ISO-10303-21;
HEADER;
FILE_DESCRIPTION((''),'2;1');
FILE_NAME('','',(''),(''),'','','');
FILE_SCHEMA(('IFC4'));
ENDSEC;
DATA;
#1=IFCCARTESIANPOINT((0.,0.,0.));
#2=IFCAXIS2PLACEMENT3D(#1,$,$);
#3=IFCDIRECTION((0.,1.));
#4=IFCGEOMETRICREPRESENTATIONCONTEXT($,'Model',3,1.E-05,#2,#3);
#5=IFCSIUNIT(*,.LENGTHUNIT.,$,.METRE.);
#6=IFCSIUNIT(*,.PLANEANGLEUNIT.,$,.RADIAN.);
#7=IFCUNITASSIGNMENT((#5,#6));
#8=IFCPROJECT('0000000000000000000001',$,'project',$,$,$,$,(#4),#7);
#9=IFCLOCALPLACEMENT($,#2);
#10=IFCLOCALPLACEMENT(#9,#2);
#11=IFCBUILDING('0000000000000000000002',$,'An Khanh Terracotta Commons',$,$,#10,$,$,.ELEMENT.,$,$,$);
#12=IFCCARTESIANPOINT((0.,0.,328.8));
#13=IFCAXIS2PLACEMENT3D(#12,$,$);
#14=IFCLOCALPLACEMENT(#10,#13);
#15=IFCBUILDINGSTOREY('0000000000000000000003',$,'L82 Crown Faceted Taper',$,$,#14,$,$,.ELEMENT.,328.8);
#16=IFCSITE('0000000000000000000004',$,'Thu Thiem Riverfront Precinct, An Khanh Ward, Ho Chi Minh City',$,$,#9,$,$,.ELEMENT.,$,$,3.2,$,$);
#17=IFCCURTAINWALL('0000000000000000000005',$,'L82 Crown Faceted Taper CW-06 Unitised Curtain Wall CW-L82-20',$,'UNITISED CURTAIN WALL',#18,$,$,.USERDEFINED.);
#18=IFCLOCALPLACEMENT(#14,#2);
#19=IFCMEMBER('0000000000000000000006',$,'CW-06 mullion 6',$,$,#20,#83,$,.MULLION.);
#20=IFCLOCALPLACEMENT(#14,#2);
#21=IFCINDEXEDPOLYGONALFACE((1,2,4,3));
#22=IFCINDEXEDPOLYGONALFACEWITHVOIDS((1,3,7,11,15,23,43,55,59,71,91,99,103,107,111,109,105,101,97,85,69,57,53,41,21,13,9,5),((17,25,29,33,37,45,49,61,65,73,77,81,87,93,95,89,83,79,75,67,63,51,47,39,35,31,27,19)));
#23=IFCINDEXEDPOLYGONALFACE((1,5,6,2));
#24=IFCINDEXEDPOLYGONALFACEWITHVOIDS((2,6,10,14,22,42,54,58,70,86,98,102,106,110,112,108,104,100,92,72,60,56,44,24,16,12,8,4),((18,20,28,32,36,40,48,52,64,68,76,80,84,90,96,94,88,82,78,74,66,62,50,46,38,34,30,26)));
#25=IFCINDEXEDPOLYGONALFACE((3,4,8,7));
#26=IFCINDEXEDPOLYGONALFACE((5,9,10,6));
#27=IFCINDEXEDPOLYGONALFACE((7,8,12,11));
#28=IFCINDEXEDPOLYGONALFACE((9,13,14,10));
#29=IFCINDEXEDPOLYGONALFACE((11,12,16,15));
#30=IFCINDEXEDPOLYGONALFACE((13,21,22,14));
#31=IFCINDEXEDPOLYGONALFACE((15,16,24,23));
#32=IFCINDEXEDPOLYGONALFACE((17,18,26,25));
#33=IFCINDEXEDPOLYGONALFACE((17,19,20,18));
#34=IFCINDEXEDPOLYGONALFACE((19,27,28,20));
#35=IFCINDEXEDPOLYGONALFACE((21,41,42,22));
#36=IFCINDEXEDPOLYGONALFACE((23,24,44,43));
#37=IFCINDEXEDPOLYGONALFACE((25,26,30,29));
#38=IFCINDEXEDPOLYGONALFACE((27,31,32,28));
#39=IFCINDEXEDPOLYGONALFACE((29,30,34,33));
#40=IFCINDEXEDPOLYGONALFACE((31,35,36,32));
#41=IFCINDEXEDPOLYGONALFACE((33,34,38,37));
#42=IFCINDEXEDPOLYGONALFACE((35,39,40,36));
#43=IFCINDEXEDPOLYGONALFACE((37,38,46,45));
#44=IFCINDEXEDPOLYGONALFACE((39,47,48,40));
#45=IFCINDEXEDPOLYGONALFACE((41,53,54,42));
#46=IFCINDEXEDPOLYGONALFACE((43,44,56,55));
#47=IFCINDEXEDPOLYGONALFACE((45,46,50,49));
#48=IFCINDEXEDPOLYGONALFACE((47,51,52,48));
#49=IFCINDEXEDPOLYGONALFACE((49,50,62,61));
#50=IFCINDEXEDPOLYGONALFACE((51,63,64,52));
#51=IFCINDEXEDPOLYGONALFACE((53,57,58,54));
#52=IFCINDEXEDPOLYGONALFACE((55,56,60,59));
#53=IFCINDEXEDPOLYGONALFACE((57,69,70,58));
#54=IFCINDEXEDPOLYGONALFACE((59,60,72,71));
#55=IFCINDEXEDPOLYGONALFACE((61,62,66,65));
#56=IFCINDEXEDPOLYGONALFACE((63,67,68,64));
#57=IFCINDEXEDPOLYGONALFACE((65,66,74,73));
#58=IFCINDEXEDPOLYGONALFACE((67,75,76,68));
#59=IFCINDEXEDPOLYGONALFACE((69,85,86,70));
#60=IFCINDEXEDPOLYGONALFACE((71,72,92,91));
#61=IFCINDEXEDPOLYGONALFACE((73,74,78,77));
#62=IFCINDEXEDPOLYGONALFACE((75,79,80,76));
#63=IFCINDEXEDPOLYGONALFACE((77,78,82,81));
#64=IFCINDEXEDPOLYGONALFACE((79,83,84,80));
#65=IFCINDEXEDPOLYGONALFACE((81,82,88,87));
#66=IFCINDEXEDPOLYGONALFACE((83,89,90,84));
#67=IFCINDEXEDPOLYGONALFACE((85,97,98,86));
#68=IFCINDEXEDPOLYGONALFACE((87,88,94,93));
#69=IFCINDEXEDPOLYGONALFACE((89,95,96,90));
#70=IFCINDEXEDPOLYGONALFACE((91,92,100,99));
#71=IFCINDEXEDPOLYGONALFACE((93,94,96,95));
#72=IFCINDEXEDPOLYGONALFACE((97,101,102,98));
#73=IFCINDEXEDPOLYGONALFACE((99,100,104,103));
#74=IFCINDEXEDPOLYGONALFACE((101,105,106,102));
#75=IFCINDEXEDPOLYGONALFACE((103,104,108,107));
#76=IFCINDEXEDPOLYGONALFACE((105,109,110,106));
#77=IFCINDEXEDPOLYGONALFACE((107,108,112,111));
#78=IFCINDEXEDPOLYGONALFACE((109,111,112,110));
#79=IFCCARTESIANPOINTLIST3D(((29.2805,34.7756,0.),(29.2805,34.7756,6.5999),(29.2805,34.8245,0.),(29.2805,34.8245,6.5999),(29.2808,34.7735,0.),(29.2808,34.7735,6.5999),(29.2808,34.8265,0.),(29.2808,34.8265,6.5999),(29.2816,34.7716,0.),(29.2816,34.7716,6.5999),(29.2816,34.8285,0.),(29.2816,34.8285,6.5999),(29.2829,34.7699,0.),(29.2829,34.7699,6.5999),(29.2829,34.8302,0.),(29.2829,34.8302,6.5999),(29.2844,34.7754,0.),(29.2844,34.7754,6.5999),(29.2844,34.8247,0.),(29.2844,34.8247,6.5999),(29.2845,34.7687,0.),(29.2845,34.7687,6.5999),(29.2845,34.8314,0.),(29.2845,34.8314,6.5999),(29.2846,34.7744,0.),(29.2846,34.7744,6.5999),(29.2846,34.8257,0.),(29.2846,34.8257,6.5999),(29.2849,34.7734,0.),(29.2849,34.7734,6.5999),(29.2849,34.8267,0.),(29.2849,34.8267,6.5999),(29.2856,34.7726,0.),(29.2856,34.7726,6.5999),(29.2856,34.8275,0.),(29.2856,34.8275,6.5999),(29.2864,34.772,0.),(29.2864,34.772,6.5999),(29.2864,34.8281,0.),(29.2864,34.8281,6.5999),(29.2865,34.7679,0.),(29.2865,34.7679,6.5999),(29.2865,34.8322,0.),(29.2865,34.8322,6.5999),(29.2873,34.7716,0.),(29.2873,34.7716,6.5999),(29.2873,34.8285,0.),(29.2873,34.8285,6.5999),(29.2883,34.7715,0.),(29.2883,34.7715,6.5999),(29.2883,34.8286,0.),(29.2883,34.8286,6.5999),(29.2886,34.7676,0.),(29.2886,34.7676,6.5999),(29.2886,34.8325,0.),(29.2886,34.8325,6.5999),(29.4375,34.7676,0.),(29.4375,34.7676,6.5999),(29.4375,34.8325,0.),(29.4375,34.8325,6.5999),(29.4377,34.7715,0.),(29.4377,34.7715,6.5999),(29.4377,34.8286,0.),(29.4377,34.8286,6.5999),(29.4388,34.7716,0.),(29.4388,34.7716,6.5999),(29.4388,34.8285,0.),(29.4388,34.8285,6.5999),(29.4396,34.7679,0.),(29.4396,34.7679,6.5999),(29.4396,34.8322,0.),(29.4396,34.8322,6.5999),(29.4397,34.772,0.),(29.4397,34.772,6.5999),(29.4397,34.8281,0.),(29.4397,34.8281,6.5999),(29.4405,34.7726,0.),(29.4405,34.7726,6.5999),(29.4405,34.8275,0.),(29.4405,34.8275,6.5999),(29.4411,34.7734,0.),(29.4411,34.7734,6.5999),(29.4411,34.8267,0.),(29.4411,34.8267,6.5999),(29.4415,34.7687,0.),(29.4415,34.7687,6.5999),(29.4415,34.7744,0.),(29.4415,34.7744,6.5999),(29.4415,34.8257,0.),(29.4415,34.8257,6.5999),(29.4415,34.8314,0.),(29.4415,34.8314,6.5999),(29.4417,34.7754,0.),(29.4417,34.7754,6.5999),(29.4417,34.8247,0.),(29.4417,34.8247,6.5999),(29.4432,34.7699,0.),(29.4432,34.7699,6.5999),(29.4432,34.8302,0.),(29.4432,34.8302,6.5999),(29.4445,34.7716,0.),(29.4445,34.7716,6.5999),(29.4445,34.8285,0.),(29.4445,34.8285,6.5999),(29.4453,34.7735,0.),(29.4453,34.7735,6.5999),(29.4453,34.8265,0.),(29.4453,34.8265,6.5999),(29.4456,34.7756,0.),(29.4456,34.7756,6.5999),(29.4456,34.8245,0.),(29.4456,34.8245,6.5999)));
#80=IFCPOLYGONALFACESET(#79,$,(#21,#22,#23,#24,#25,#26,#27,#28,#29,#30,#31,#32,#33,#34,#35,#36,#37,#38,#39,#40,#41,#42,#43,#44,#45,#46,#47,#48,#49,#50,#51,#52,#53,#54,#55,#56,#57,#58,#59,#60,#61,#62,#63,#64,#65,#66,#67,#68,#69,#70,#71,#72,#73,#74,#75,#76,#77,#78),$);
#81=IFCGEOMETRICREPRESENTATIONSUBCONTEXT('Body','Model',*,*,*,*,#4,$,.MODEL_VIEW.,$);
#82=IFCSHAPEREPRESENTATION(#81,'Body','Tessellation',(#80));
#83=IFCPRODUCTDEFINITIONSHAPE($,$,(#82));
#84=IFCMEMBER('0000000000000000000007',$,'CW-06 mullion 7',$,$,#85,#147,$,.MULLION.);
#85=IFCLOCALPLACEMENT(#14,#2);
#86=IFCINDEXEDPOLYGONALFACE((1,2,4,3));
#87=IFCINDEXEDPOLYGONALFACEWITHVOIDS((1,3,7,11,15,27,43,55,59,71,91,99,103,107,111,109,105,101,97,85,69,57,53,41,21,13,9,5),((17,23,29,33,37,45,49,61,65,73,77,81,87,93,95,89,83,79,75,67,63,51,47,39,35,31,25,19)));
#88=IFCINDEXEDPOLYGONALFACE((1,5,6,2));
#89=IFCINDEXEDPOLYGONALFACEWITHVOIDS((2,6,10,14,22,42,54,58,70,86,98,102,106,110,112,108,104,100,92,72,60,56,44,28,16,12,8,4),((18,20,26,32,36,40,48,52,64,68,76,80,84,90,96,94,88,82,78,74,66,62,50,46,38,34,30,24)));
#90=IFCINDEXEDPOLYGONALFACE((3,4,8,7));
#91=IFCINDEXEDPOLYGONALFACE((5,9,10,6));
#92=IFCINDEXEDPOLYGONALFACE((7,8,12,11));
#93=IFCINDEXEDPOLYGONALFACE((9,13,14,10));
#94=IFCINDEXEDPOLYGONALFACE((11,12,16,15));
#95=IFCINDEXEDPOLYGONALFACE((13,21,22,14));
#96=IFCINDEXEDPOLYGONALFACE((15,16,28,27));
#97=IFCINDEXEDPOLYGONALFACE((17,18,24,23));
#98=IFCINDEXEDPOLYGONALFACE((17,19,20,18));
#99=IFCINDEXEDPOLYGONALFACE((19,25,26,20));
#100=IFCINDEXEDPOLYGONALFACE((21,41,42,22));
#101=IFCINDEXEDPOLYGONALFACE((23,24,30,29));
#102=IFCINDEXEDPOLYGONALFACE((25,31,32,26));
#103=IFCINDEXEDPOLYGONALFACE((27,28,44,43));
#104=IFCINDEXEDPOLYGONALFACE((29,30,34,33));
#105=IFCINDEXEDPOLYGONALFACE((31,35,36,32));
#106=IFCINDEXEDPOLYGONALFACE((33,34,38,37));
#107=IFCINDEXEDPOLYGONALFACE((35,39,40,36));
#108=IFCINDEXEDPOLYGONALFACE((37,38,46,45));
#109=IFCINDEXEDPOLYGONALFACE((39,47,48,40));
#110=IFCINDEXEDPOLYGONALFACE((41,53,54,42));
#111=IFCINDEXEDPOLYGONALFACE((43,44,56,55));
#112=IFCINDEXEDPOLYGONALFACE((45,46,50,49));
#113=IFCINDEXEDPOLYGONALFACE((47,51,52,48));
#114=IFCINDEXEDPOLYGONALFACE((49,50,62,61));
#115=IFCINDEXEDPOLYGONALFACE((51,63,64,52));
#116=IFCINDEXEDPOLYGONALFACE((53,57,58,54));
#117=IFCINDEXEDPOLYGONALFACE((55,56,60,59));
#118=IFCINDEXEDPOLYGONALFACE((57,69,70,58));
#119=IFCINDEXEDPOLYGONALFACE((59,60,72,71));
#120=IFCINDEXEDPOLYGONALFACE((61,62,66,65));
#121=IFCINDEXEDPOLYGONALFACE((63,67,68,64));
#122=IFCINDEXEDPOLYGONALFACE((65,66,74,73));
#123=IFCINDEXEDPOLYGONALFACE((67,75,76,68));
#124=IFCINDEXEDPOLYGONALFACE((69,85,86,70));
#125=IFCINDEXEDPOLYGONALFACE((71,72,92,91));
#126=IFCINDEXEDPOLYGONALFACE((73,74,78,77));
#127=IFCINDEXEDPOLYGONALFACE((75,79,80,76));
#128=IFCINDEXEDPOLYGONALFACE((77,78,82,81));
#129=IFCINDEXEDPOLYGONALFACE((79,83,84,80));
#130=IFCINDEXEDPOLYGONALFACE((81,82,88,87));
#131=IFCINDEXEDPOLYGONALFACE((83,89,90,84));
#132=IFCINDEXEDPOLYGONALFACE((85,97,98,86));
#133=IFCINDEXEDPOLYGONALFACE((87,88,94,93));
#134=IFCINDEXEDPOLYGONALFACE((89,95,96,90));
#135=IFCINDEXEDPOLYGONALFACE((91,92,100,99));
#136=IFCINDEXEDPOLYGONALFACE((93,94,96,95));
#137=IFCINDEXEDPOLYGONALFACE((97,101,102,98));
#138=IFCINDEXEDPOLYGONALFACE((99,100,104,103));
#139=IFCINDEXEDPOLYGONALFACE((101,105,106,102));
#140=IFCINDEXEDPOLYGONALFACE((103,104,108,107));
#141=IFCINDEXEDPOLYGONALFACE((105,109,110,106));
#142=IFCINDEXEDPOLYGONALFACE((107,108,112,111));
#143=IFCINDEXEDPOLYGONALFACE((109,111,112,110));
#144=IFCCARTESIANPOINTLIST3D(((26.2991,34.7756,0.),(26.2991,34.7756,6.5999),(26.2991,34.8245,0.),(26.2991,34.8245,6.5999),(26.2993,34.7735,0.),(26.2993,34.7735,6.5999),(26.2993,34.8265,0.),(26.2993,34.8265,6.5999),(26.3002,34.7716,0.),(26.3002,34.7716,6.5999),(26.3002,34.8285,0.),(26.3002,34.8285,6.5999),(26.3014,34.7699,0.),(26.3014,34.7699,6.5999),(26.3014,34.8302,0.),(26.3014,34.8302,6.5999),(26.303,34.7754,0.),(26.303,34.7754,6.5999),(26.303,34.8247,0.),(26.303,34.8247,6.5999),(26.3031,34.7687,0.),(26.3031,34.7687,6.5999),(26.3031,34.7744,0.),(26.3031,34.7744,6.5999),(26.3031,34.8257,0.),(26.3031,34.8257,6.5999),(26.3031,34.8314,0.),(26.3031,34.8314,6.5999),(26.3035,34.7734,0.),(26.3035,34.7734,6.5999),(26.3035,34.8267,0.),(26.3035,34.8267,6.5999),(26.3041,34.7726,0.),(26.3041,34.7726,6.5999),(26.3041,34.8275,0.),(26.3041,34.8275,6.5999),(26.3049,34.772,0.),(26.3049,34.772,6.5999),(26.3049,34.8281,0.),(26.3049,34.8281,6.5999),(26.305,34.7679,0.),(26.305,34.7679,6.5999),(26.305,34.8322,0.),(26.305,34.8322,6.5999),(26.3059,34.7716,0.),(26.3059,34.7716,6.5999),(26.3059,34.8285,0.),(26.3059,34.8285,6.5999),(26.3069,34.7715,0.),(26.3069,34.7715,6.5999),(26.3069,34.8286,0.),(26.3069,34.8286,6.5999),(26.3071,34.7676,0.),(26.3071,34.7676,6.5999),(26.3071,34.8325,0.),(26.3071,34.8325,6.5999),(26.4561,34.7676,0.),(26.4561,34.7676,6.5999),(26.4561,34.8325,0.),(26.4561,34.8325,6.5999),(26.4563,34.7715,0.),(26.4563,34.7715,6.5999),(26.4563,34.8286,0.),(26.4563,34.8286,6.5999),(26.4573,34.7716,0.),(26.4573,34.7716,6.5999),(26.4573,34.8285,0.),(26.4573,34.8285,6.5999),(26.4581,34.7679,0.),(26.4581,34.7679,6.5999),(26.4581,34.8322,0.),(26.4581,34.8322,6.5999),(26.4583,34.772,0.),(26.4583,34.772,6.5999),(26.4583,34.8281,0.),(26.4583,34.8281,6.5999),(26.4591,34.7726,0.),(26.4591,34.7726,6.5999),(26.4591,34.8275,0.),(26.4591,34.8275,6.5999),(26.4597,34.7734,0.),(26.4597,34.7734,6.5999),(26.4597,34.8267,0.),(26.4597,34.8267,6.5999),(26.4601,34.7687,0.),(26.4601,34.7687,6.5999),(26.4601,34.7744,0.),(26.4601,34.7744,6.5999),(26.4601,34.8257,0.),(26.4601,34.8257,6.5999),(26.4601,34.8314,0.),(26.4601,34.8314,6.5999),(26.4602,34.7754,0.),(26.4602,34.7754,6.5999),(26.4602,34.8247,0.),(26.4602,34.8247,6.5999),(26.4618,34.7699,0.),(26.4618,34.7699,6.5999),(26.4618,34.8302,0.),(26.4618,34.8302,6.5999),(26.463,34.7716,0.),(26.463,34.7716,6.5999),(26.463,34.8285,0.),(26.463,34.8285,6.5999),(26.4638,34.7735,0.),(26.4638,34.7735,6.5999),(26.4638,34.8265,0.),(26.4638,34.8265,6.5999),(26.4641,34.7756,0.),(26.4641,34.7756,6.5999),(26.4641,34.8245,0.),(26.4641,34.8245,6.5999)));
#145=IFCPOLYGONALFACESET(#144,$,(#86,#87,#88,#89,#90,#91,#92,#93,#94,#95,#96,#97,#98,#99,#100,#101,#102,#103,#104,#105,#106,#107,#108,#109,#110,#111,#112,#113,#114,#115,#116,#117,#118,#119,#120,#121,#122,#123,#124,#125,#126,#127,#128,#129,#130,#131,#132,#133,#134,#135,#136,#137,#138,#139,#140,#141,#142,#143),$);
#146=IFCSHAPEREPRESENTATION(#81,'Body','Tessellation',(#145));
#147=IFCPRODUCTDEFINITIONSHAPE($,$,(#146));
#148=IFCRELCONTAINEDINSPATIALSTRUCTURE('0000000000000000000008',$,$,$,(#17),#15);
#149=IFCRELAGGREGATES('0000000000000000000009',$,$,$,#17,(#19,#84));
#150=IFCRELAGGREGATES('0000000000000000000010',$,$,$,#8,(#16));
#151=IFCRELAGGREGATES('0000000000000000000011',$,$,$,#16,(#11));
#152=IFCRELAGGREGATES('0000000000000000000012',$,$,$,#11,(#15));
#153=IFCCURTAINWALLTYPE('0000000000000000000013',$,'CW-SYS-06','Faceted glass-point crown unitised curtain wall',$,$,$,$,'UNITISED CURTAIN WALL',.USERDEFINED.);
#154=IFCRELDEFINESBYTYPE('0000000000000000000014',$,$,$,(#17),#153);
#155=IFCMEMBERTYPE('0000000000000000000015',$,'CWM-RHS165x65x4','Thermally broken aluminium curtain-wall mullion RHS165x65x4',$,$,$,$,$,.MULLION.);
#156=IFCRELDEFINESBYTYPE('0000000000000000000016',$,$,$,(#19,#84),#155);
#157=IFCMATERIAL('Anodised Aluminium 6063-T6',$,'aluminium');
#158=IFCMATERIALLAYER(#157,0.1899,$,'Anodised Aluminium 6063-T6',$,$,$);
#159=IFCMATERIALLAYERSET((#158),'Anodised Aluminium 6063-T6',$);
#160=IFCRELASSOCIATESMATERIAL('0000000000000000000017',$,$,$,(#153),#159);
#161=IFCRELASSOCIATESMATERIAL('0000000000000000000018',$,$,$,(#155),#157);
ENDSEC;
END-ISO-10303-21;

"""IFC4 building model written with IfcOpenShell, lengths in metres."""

from ifc_helpers import new_model, si_unit, direction, frame, origin, origin_2d, place, context, subcontext, project, spatial, hollow_rectangle, extrude, material, layer, layer_set, material_profile, profile_set, type_object, element, aggregate, save


model = new_model("IFC4")

# Units and contexts
model_context = context("Model", 3, precision=1e-05, world=origin(), true_north=direction((0.0, 1.0)))
body_context = subcontext(model_context, "Body", "Model", "MODEL_VIEW")
ifc_project = project(units=[si_unit("LENGTHUNIT", "METRE"), si_unit("PLANEANGLEUNIT", "RADIAN")], contexts=[model_context])

# Site, building, storey
site_placement = place(None, origin())
site = spatial("IfcSite", under=ifc_project, at=site_placement, Name="Thu Thiem Riverfront Precinct, An Khanh Ward, Ho Chi Minh City", CompositionType="ELEMENT", RefElevation=3.2)
building_placement = place(site_placement, origin())
building = spatial("IfcBuilding", under=site, at=building_placement, Name="An Khanh Terracotta Commons", CompositionType="ELEMENT")
storey_placement = place(building_placement, frame((0.0, 0.0, 328.8)))
storey = spatial("IfcBuildingStorey", under=building, at=storey_placement, Name="L82 Crown Faceted Taper", CompositionType="ELEMENT", Elevation=328.8)

# Curtain wall, members
ifc_material_1 = material(Name="Anodised Aluminium 6063-T6", Category="aluminium")
ifc_layer_1 = layer(ifc_material_1, 0.1899, Name="Anodised Aluminium 6063-T6")
ifc_layer_set_1 = layer_set([ifc_layer_1], Name="Anodised Aluminium 6063-T6")
curtain_wall_type = type_object("IfcCurtainWallType", Name="CW-SYS-06", Description="Faceted glass-point crown unitised curtain wall", ElementType="UNITISED CURTAIN WALL", PredefinedType="USERDEFINED", material=ifc_layer_set_1)
curtain_wall_placement = place(storey_placement, origin())
curtain_wall = element("IfcCurtainWall", 1, at=curtain_wall_placement, inside=storey, type_object=curtain_wall_type, Name="L82 Crown Faceted Taper CW-06 Unitised Curtain Wall CW-L82-20", ObjectType="UNITISED CURTAIN WALL", PredefinedType="USERDEFINED")
ifc_material_profile_1 = material_profile(ifc_material_1, hollow_rectangle(XDim=0.0649, YDim=0.165, WallThickness=0.0039, InnerFilletRadius=0.0039, OuterFilletRadius=0.0081, at=origin_2d()), Name="RHS165x65x4")
ifc_profile_set_1 = profile_set([ifc_material_profile_1], Name="Anodised Aluminium 6063-T6")
member_type_1 = type_object("IfcMemberType", Name="CWM-RHS165x65x4", Description="Thermally broken aluminium curtain-wall mullion RHS165x65x4", PredefinedType="MULLION", material=ifc_profile_set_1)
member_1_placement = place(storey_placement, frame((29.363, 34.8, 0.0), z_axis=(0.0, 0.0, 1.0), x_axis=(0.0, -1.0, 0.0)))
member_1 = element("IfcMember", 2, at=member_1_placement, type_object=member_type_1, Name="CW-06 mullion 6", PredefinedType="MULLION", context=body_context, shape_type="SweptSolid", body=[
    extrude(hollow_rectangle(XDim=0.0649, YDim=0.165, WallThickness=0.0039, InnerFilletRadius=0.0039, OuterFilletRadius=0.0081, at=origin_2d()), origin(), (0.0, 0.0, 1.0), 6.5999),
])
member_2_placement = place(storey_placement, frame((26.3816, 34.8, 0.0), z_axis=(0.0, 0.0, 1.0), x_axis=(0.0, -1.0, 0.0)))
member_2 = element("IfcMember", 3, at=member_2_placement, type_object=member_type_1, Name="CW-06 mullion 7", PredefinedType="MULLION", context=body_context, shape_type="SweptSolid", body=[
    extrude(hollow_rectangle(XDim=0.0649, YDim=0.165, WallThickness=0.0039, InnerFilletRadius=0.0039, OuterFilletRadius=0.0081, at=origin_2d()), origin(), (0.0, 0.0, 1.0), 6.5999),
])
aggregate(curtain_wall, [member_1, member_2])

save(model, "model.ifc")
